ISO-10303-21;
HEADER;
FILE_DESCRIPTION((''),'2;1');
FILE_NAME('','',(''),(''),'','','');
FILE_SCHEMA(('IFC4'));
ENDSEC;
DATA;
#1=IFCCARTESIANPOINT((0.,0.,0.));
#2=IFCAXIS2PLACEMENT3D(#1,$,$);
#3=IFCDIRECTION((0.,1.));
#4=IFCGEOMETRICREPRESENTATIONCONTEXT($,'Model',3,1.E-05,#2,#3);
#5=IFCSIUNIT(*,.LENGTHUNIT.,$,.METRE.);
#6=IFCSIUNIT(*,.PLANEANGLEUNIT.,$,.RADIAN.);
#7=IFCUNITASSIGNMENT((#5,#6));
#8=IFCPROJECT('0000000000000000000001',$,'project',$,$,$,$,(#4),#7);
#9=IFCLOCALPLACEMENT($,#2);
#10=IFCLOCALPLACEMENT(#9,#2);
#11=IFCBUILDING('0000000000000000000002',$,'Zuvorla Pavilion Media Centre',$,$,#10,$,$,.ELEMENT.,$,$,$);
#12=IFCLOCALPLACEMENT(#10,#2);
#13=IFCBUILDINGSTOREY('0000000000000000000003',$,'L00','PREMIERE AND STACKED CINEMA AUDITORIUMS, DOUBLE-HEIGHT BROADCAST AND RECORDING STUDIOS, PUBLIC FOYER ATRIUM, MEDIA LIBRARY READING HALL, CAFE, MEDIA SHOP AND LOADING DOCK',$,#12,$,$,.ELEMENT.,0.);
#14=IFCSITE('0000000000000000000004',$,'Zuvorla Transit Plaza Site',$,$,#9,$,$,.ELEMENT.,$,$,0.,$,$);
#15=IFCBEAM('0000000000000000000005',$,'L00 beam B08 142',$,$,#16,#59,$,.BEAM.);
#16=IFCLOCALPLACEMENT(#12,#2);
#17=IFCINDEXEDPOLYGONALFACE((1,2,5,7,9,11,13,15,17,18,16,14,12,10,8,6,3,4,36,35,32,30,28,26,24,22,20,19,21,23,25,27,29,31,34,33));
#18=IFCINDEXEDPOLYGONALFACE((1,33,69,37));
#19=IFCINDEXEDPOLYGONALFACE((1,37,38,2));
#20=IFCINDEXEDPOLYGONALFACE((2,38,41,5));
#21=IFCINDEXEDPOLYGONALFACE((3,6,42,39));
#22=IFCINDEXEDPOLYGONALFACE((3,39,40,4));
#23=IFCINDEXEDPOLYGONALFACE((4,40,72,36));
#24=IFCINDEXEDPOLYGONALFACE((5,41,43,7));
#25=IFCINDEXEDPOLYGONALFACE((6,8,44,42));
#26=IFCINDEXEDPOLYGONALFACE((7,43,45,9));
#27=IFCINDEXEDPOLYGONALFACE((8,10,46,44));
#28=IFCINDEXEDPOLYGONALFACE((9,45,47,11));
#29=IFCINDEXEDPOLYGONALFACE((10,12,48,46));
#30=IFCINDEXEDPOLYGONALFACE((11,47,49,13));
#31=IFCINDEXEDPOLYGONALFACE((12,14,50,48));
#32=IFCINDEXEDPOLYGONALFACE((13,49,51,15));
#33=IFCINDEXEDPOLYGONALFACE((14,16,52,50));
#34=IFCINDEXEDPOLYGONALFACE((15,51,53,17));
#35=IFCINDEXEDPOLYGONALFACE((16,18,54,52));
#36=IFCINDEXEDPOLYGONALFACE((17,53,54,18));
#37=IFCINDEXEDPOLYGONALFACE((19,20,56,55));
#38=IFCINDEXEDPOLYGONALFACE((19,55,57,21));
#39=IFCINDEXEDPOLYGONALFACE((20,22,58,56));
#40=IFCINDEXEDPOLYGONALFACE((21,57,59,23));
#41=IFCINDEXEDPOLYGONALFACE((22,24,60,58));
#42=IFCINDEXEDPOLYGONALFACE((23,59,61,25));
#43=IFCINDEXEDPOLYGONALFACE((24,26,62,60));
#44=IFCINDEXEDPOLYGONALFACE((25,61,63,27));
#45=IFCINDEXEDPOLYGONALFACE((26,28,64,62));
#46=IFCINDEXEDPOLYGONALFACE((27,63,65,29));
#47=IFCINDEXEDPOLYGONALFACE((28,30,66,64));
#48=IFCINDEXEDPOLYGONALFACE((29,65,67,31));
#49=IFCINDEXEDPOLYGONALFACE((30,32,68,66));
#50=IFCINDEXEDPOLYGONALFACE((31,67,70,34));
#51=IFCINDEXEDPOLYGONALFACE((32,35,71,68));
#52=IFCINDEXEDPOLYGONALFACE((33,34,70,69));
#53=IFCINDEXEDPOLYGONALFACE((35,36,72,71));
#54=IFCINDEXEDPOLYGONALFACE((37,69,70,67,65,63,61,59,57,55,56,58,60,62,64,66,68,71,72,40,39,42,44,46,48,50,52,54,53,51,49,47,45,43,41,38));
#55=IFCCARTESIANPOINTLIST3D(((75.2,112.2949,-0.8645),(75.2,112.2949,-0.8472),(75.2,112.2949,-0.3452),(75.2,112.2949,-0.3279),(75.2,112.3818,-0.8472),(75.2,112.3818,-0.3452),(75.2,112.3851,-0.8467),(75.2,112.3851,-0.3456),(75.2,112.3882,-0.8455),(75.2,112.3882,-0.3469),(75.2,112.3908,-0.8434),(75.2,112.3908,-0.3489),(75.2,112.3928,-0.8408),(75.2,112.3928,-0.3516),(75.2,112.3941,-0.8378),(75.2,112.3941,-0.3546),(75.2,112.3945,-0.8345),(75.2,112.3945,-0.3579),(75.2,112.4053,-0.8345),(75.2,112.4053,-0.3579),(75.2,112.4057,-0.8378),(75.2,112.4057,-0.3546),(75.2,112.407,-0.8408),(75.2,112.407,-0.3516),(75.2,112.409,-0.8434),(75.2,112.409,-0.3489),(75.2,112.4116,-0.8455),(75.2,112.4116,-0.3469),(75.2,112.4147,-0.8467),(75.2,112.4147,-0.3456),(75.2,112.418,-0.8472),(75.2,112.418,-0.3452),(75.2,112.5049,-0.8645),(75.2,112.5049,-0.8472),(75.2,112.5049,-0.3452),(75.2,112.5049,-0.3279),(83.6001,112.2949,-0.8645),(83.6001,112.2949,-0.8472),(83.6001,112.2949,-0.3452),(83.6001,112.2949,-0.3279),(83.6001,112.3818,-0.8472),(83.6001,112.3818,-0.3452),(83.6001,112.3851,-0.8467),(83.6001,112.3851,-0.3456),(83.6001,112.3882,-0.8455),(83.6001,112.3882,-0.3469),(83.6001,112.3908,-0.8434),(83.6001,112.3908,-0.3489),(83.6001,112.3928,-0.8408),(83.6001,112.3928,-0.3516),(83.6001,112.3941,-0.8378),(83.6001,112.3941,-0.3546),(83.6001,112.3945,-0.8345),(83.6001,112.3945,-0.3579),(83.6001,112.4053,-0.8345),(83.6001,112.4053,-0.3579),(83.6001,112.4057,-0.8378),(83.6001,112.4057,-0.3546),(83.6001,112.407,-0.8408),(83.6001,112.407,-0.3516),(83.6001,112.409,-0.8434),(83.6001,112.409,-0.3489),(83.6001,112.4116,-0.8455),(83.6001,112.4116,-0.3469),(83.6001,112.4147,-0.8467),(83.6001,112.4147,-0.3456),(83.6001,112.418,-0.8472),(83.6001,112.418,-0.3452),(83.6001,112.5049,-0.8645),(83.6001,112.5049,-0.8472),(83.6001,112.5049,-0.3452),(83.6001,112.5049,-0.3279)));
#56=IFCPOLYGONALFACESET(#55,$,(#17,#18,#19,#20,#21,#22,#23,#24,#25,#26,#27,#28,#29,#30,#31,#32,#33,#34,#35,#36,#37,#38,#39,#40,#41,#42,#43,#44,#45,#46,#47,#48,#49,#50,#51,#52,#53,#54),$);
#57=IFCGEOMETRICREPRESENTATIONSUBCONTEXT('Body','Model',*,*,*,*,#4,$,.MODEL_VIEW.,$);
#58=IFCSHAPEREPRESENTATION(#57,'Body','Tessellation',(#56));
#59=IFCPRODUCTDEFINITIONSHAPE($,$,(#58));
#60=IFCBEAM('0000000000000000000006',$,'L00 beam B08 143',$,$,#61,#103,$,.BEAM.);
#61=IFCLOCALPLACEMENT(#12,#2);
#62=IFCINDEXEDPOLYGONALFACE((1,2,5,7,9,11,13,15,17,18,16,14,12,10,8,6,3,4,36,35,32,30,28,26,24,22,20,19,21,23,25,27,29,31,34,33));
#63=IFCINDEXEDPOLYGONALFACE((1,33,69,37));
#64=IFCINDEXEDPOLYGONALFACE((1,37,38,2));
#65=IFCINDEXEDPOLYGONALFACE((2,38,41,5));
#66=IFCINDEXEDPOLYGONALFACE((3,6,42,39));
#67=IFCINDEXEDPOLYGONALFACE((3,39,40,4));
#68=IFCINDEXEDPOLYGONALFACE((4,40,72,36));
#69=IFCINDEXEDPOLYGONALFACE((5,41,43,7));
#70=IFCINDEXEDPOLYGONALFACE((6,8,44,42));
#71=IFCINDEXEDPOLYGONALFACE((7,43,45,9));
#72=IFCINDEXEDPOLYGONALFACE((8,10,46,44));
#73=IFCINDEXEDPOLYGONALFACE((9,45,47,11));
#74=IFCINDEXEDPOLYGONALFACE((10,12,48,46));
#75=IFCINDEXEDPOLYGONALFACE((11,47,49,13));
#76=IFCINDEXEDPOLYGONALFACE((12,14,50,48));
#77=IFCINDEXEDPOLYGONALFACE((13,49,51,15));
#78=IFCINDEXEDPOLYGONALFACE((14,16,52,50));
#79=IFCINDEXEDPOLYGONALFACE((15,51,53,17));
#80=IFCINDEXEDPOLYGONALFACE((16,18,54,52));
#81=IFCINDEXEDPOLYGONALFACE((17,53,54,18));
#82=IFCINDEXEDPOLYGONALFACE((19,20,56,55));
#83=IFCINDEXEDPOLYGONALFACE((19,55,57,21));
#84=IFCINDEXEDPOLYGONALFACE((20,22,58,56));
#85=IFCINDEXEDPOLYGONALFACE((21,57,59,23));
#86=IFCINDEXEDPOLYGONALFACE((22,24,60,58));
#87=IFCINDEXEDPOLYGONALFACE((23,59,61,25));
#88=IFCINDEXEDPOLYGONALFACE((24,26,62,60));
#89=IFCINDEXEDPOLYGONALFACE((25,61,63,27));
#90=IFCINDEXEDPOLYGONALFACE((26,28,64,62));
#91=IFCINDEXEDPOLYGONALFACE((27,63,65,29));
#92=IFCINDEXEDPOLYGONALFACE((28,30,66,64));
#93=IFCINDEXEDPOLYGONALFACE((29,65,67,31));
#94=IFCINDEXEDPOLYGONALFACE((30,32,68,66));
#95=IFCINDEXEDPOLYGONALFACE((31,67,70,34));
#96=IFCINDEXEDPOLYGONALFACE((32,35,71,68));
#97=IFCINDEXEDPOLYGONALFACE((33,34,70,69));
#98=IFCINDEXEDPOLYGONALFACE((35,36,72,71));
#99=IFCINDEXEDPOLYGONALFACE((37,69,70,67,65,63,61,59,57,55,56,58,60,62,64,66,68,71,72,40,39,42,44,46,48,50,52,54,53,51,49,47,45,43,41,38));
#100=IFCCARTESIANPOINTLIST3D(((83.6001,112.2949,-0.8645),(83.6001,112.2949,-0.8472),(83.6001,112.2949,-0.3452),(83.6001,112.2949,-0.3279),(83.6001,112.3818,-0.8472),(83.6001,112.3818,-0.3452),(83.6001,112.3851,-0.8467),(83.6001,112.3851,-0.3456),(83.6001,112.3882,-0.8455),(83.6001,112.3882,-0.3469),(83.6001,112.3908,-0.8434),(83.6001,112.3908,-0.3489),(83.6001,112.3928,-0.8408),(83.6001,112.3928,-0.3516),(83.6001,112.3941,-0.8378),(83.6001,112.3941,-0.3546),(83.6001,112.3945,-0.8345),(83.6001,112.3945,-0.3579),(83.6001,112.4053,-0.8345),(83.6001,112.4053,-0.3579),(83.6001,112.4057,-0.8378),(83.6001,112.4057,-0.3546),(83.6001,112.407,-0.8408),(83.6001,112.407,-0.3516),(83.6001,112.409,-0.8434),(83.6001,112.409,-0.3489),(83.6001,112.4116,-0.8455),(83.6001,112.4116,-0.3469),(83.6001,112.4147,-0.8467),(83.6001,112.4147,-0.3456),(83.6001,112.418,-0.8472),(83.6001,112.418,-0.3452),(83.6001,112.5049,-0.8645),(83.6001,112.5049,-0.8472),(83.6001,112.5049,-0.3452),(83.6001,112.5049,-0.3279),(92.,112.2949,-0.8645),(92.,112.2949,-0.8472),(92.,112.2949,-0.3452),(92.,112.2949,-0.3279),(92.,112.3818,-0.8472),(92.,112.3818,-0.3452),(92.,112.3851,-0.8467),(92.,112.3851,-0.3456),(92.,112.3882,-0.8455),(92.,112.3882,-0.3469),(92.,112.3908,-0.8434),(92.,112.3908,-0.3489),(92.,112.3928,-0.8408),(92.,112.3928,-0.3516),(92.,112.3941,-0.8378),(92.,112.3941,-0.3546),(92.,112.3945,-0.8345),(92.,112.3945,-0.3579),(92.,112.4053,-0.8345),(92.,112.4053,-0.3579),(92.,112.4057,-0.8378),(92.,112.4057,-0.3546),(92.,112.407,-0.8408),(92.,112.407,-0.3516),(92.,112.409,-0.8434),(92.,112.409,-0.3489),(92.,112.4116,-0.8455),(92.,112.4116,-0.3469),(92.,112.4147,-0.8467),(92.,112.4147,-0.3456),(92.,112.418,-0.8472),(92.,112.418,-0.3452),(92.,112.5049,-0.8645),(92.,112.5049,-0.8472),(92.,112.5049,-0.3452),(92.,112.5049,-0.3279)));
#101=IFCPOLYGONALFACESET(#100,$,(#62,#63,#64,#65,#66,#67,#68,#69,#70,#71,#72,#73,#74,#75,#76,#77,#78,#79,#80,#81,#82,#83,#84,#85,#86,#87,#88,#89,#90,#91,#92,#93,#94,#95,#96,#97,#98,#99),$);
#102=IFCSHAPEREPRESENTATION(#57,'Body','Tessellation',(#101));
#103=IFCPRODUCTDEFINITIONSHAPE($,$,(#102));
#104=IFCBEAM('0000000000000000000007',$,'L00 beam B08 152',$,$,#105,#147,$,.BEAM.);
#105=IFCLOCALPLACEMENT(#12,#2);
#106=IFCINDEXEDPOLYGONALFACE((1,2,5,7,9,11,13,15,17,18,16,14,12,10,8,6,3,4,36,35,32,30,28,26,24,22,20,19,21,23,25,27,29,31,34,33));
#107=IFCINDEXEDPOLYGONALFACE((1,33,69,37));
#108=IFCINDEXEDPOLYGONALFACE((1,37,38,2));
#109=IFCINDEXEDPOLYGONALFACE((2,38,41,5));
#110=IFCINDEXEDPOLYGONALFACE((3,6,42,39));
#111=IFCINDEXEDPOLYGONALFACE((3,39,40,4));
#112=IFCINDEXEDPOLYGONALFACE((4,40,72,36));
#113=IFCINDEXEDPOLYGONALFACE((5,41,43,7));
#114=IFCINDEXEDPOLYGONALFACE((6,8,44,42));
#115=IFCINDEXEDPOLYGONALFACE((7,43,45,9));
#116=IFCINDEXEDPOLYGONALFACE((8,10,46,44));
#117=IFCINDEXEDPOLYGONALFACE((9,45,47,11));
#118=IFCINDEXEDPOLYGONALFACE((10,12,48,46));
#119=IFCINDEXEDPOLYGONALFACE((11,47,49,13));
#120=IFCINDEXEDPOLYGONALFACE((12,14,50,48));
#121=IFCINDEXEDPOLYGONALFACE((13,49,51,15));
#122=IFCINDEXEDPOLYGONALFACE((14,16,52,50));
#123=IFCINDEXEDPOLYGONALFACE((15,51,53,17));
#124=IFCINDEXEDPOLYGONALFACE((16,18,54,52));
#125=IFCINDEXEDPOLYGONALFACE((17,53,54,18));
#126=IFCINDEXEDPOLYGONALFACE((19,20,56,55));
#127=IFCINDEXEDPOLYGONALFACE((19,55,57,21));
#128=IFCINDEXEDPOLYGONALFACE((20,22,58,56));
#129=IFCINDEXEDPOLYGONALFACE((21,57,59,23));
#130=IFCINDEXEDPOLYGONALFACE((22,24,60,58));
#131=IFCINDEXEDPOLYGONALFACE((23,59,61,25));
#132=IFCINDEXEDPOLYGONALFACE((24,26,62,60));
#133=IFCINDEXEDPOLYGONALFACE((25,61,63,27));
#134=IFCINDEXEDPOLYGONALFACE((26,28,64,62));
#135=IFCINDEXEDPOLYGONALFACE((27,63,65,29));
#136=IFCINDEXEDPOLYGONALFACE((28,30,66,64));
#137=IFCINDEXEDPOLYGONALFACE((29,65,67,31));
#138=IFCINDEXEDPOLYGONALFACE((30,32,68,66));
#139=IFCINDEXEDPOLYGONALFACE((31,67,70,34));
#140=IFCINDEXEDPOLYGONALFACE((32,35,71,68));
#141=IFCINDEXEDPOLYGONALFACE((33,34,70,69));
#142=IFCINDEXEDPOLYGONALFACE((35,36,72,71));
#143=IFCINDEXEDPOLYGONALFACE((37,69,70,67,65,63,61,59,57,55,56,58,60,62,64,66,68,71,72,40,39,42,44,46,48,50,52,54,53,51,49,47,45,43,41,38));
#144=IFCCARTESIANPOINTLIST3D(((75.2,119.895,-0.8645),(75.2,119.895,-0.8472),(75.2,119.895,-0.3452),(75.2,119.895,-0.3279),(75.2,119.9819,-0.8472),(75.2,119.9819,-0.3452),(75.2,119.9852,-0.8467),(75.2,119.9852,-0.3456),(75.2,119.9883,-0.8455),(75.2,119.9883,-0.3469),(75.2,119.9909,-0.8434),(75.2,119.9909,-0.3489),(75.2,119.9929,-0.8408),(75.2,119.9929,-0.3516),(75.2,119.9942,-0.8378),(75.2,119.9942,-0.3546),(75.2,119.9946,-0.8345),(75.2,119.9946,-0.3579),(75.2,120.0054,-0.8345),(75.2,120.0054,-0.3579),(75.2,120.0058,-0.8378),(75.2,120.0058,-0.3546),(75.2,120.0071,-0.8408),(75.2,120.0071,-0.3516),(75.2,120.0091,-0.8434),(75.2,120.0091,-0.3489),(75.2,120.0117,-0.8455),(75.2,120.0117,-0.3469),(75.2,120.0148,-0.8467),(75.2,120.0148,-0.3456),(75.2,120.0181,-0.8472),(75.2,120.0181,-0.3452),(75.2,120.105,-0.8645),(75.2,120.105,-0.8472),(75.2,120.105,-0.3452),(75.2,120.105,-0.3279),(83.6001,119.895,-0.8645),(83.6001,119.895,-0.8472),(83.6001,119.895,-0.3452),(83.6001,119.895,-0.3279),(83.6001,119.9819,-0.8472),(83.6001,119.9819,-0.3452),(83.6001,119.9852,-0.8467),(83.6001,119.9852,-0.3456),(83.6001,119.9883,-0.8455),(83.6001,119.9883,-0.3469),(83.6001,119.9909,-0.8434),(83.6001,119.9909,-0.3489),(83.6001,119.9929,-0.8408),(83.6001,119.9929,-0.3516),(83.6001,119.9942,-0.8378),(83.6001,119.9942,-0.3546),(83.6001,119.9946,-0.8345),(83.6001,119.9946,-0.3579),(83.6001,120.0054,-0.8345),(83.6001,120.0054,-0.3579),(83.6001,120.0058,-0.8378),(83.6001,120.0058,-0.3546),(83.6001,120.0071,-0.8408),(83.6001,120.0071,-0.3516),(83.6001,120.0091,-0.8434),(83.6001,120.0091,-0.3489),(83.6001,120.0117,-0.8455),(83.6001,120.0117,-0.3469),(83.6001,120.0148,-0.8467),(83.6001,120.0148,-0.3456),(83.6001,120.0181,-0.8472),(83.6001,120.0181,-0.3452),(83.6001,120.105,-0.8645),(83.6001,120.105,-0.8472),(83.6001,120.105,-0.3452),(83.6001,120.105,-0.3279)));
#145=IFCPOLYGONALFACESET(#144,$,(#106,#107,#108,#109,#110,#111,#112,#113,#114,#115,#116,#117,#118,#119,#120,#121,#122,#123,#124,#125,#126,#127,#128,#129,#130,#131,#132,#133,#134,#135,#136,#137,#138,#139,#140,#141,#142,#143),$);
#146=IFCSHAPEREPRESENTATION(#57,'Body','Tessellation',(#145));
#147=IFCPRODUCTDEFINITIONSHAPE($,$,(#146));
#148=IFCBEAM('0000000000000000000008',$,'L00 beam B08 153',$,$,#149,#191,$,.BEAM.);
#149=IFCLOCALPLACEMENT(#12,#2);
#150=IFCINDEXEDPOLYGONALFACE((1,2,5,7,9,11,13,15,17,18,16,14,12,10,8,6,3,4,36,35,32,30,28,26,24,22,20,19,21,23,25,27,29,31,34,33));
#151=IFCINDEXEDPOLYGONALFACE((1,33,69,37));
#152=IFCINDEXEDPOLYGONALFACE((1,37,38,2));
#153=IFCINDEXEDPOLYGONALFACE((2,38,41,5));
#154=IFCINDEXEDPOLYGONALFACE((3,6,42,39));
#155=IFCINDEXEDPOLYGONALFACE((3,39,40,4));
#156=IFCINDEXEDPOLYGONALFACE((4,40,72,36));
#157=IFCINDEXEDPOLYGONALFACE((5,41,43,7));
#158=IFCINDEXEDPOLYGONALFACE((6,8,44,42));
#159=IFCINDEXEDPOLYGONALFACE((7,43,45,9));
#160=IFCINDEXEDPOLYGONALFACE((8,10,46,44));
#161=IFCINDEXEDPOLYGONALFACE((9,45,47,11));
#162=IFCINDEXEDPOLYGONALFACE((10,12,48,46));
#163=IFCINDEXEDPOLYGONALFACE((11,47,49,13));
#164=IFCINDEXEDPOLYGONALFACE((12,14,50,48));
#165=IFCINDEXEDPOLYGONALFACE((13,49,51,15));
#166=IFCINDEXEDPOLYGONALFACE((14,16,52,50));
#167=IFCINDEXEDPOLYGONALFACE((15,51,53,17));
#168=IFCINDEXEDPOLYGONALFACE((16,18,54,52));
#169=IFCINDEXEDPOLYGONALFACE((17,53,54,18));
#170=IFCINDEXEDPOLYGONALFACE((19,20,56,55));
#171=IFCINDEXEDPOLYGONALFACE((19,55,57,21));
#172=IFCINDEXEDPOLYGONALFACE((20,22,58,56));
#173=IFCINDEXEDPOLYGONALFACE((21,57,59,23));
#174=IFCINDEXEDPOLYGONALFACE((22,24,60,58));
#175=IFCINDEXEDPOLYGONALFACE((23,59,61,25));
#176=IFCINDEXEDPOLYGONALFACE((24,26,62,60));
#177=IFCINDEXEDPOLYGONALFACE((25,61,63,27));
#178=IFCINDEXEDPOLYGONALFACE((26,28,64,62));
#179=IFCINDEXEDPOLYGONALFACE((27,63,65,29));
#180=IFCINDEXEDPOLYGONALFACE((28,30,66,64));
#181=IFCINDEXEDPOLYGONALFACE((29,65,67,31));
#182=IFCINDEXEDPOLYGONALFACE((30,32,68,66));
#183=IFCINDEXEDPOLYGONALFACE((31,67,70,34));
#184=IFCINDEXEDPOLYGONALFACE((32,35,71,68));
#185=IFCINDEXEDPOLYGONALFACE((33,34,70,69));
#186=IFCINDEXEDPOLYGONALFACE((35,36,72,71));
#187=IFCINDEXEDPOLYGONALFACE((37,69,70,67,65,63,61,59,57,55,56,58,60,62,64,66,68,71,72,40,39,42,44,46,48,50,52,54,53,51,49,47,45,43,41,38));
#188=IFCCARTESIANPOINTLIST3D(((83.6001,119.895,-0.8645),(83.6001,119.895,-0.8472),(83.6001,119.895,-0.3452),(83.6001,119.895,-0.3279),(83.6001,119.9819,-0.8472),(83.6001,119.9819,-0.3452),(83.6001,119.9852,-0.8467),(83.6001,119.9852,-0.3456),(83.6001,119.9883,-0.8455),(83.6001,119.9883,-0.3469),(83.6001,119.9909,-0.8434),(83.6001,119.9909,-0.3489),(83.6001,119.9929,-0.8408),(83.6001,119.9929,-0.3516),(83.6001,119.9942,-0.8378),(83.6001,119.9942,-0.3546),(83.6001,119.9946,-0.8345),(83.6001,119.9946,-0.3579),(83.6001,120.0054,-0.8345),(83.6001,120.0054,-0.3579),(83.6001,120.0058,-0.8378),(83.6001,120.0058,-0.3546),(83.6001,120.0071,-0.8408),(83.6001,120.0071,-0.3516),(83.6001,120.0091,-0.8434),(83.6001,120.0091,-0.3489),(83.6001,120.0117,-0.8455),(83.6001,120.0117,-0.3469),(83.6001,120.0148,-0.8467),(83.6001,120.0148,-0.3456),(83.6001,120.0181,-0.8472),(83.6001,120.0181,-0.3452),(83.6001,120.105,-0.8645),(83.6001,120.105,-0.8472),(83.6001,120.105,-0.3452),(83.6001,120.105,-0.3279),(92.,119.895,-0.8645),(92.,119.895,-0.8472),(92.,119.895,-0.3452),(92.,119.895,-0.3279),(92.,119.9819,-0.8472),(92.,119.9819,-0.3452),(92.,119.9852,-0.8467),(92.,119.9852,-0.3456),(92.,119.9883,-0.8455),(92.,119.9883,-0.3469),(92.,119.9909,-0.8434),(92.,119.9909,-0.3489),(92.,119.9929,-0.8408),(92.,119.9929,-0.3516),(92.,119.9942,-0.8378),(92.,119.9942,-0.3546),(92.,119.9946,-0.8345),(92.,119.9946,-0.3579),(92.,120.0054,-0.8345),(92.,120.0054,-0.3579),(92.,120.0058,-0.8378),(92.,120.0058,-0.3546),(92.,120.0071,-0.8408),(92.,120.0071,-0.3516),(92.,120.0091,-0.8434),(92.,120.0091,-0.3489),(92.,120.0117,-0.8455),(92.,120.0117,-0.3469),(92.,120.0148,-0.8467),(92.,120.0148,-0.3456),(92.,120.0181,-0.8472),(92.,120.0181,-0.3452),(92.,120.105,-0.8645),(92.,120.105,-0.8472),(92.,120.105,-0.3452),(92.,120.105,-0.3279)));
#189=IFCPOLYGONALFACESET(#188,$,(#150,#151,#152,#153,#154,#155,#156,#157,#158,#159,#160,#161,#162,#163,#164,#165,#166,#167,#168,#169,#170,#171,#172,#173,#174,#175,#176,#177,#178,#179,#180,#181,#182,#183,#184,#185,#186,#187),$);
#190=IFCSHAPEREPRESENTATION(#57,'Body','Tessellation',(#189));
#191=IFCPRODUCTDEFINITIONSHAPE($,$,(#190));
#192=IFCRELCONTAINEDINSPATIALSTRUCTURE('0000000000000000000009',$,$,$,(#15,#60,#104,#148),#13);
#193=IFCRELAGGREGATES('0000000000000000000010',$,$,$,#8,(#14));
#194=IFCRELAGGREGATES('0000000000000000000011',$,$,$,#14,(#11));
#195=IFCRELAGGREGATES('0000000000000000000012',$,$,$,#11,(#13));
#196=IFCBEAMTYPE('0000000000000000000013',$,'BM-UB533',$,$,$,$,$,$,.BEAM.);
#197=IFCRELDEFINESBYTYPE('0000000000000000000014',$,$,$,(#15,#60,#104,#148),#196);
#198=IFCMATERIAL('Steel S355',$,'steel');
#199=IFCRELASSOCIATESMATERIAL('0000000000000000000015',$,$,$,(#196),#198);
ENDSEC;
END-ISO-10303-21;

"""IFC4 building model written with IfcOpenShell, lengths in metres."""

from ifc_helpers import new_model, si_unit, direction, frame, origin, origin_2d, place, context, subcontext, project, spatial, i_section, extrude, material, material_profile, profile_set, type_object, element, save


model = new_model("IFC4")

# Units and contexts
model_context = context("Model", 3, precision=1e-05, world=origin(), true_north=direction((0.0, 1.0)))
body_context = subcontext(model_context, "Body", "Model", "MODEL_VIEW")
ifc_project = project(units=[si_unit("LENGTHUNIT", "METRE"), si_unit("PLANEANGLEUNIT", "RADIAN")], contexts=[model_context])

# Site, building, storey
site_placement = place(None, origin())
site = spatial("IfcSite", under=ifc_project, at=site_placement, Name="Zuvorla Transit Plaza Site", CompositionType="ELEMENT", RefElevation=0.0)
building_placement = place(site_placement, origin())
building = spatial("IfcBuilding", under=site, at=building_placement, Name="Zuvorla Pavilion Media Centre", CompositionType="ELEMENT")
storey_placement = place(building_placement, origin())
storey = spatial("IfcBuildingStorey", under=building, at=storey_placement, Name="L00", Description="PREMIERE AND STACKED CINEMA AUDITORIUMS, DOUBLE-HEIGHT BROADCAST AND RECORDING STUDIOS, PUBLIC FOYER ATRIUM, MEDIA LIBRARY READING HALL, CAFE, MEDIA SHOP AND LOADING DOCK", CompositionType="ELEMENT", Elevation=0.0)

# Beams
ifc_material_1 = material(Name="Steel S355", Category="steel")
ifc_material_profile_1 = material_profile(ifc_material_1, i_section(OverallWidth=0.21, OverallDepth=0.5366, WebThickness=0.0107, FlangeThickness=0.0173, FilletRadius=0.0127, at=origin_2d()), Name="UB 533x210x101")
ifc_profile_set_1 = profile_set([ifc_material_profile_1], Name="Steel S355")
beam_type_1 = type_object("IfcBeamType", Name="BM-UB533", PredefinedType="BEAM", material=ifc_profile_set_1)
beam_1_placement = place(storey_placement, frame((75.2, 112.3999, -0.5962), z_axis=(1.0, 0.0, 0.0), x_axis=(0.0, 1.0, 0.0)))
element("IfcBeam", 1, at=beam_1_placement, inside=storey, type_object=beam_type_1, Name="L00 beam B08 142", PredefinedType="BEAM", context=body_context, shape_type="SweptSolid", body=[
    extrude(i_section(OverallWidth=0.21, OverallDepth=0.5366, WebThickness=0.0107, FlangeThickness=0.0173, FilletRadius=0.0127, at=origin_2d()), origin(), (0.0, 0.0, 1.0), 8.4001),
])
beam_2_placement = place(storey_placement, frame((83.6001, 112.3999, -0.5962), z_axis=(1.0, 0.0, 0.0), x_axis=(0.0, 1.0, 0.0)))
element("IfcBeam", 2, at=beam_2_placement, inside=storey, type_object=beam_type_1, Name="L00 beam B08 143", PredefinedType="BEAM", context=body_context, shape_type="SweptSolid", body=[
    extrude(i_section(OverallWidth=0.21, OverallDepth=0.5366, WebThickness=0.0107, FlangeThickness=0.0173, FilletRadius=0.0127, at=origin_2d()), origin(), (0.0, 0.0, 1.0), 8.3999),
])
beam_3_placement = place(storey_placement, frame((75.2, 120.0, -0.5962), z_axis=(1.0, 0.0, 0.0), x_axis=(0.0, 1.0, 0.0)))
element("IfcBeam", 3, at=beam_3_placement, inside=storey, type_object=beam_type_1, Name="L00 beam B08 152", PredefinedType="BEAM", context=body_context, shape_type="SweptSolid", body=[
    extrude(i_section(OverallWidth=0.21, OverallDepth=0.5366, WebThickness=0.0107, FlangeThickness=0.0173, FilletRadius=0.0127, at=origin_2d()), origin(), (0.0, 0.0, 1.0), 8.4001),
])
beam_4_placement = place(storey_placement, frame((83.6001, 120.0, -0.5962), z_axis=(1.0, 0.0, 0.0), x_axis=(0.0, 1.0, 0.0)))
element("IfcBeam", 4, at=beam_4_placement, inside=storey, type_object=beam_type_1, Name="L00 beam B08 153", PredefinedType="BEAM", context=body_context, shape_type="SweptSolid", body=[
    extrude(i_section(OverallWidth=0.21, OverallDepth=0.5366, WebThickness=0.0107, FlangeThickness=0.0173, FilletRadius=0.0127, at=origin_2d()), origin(), (0.0, 0.0, 1.0), 8.3999),
])

save(model, "model.ifc")
